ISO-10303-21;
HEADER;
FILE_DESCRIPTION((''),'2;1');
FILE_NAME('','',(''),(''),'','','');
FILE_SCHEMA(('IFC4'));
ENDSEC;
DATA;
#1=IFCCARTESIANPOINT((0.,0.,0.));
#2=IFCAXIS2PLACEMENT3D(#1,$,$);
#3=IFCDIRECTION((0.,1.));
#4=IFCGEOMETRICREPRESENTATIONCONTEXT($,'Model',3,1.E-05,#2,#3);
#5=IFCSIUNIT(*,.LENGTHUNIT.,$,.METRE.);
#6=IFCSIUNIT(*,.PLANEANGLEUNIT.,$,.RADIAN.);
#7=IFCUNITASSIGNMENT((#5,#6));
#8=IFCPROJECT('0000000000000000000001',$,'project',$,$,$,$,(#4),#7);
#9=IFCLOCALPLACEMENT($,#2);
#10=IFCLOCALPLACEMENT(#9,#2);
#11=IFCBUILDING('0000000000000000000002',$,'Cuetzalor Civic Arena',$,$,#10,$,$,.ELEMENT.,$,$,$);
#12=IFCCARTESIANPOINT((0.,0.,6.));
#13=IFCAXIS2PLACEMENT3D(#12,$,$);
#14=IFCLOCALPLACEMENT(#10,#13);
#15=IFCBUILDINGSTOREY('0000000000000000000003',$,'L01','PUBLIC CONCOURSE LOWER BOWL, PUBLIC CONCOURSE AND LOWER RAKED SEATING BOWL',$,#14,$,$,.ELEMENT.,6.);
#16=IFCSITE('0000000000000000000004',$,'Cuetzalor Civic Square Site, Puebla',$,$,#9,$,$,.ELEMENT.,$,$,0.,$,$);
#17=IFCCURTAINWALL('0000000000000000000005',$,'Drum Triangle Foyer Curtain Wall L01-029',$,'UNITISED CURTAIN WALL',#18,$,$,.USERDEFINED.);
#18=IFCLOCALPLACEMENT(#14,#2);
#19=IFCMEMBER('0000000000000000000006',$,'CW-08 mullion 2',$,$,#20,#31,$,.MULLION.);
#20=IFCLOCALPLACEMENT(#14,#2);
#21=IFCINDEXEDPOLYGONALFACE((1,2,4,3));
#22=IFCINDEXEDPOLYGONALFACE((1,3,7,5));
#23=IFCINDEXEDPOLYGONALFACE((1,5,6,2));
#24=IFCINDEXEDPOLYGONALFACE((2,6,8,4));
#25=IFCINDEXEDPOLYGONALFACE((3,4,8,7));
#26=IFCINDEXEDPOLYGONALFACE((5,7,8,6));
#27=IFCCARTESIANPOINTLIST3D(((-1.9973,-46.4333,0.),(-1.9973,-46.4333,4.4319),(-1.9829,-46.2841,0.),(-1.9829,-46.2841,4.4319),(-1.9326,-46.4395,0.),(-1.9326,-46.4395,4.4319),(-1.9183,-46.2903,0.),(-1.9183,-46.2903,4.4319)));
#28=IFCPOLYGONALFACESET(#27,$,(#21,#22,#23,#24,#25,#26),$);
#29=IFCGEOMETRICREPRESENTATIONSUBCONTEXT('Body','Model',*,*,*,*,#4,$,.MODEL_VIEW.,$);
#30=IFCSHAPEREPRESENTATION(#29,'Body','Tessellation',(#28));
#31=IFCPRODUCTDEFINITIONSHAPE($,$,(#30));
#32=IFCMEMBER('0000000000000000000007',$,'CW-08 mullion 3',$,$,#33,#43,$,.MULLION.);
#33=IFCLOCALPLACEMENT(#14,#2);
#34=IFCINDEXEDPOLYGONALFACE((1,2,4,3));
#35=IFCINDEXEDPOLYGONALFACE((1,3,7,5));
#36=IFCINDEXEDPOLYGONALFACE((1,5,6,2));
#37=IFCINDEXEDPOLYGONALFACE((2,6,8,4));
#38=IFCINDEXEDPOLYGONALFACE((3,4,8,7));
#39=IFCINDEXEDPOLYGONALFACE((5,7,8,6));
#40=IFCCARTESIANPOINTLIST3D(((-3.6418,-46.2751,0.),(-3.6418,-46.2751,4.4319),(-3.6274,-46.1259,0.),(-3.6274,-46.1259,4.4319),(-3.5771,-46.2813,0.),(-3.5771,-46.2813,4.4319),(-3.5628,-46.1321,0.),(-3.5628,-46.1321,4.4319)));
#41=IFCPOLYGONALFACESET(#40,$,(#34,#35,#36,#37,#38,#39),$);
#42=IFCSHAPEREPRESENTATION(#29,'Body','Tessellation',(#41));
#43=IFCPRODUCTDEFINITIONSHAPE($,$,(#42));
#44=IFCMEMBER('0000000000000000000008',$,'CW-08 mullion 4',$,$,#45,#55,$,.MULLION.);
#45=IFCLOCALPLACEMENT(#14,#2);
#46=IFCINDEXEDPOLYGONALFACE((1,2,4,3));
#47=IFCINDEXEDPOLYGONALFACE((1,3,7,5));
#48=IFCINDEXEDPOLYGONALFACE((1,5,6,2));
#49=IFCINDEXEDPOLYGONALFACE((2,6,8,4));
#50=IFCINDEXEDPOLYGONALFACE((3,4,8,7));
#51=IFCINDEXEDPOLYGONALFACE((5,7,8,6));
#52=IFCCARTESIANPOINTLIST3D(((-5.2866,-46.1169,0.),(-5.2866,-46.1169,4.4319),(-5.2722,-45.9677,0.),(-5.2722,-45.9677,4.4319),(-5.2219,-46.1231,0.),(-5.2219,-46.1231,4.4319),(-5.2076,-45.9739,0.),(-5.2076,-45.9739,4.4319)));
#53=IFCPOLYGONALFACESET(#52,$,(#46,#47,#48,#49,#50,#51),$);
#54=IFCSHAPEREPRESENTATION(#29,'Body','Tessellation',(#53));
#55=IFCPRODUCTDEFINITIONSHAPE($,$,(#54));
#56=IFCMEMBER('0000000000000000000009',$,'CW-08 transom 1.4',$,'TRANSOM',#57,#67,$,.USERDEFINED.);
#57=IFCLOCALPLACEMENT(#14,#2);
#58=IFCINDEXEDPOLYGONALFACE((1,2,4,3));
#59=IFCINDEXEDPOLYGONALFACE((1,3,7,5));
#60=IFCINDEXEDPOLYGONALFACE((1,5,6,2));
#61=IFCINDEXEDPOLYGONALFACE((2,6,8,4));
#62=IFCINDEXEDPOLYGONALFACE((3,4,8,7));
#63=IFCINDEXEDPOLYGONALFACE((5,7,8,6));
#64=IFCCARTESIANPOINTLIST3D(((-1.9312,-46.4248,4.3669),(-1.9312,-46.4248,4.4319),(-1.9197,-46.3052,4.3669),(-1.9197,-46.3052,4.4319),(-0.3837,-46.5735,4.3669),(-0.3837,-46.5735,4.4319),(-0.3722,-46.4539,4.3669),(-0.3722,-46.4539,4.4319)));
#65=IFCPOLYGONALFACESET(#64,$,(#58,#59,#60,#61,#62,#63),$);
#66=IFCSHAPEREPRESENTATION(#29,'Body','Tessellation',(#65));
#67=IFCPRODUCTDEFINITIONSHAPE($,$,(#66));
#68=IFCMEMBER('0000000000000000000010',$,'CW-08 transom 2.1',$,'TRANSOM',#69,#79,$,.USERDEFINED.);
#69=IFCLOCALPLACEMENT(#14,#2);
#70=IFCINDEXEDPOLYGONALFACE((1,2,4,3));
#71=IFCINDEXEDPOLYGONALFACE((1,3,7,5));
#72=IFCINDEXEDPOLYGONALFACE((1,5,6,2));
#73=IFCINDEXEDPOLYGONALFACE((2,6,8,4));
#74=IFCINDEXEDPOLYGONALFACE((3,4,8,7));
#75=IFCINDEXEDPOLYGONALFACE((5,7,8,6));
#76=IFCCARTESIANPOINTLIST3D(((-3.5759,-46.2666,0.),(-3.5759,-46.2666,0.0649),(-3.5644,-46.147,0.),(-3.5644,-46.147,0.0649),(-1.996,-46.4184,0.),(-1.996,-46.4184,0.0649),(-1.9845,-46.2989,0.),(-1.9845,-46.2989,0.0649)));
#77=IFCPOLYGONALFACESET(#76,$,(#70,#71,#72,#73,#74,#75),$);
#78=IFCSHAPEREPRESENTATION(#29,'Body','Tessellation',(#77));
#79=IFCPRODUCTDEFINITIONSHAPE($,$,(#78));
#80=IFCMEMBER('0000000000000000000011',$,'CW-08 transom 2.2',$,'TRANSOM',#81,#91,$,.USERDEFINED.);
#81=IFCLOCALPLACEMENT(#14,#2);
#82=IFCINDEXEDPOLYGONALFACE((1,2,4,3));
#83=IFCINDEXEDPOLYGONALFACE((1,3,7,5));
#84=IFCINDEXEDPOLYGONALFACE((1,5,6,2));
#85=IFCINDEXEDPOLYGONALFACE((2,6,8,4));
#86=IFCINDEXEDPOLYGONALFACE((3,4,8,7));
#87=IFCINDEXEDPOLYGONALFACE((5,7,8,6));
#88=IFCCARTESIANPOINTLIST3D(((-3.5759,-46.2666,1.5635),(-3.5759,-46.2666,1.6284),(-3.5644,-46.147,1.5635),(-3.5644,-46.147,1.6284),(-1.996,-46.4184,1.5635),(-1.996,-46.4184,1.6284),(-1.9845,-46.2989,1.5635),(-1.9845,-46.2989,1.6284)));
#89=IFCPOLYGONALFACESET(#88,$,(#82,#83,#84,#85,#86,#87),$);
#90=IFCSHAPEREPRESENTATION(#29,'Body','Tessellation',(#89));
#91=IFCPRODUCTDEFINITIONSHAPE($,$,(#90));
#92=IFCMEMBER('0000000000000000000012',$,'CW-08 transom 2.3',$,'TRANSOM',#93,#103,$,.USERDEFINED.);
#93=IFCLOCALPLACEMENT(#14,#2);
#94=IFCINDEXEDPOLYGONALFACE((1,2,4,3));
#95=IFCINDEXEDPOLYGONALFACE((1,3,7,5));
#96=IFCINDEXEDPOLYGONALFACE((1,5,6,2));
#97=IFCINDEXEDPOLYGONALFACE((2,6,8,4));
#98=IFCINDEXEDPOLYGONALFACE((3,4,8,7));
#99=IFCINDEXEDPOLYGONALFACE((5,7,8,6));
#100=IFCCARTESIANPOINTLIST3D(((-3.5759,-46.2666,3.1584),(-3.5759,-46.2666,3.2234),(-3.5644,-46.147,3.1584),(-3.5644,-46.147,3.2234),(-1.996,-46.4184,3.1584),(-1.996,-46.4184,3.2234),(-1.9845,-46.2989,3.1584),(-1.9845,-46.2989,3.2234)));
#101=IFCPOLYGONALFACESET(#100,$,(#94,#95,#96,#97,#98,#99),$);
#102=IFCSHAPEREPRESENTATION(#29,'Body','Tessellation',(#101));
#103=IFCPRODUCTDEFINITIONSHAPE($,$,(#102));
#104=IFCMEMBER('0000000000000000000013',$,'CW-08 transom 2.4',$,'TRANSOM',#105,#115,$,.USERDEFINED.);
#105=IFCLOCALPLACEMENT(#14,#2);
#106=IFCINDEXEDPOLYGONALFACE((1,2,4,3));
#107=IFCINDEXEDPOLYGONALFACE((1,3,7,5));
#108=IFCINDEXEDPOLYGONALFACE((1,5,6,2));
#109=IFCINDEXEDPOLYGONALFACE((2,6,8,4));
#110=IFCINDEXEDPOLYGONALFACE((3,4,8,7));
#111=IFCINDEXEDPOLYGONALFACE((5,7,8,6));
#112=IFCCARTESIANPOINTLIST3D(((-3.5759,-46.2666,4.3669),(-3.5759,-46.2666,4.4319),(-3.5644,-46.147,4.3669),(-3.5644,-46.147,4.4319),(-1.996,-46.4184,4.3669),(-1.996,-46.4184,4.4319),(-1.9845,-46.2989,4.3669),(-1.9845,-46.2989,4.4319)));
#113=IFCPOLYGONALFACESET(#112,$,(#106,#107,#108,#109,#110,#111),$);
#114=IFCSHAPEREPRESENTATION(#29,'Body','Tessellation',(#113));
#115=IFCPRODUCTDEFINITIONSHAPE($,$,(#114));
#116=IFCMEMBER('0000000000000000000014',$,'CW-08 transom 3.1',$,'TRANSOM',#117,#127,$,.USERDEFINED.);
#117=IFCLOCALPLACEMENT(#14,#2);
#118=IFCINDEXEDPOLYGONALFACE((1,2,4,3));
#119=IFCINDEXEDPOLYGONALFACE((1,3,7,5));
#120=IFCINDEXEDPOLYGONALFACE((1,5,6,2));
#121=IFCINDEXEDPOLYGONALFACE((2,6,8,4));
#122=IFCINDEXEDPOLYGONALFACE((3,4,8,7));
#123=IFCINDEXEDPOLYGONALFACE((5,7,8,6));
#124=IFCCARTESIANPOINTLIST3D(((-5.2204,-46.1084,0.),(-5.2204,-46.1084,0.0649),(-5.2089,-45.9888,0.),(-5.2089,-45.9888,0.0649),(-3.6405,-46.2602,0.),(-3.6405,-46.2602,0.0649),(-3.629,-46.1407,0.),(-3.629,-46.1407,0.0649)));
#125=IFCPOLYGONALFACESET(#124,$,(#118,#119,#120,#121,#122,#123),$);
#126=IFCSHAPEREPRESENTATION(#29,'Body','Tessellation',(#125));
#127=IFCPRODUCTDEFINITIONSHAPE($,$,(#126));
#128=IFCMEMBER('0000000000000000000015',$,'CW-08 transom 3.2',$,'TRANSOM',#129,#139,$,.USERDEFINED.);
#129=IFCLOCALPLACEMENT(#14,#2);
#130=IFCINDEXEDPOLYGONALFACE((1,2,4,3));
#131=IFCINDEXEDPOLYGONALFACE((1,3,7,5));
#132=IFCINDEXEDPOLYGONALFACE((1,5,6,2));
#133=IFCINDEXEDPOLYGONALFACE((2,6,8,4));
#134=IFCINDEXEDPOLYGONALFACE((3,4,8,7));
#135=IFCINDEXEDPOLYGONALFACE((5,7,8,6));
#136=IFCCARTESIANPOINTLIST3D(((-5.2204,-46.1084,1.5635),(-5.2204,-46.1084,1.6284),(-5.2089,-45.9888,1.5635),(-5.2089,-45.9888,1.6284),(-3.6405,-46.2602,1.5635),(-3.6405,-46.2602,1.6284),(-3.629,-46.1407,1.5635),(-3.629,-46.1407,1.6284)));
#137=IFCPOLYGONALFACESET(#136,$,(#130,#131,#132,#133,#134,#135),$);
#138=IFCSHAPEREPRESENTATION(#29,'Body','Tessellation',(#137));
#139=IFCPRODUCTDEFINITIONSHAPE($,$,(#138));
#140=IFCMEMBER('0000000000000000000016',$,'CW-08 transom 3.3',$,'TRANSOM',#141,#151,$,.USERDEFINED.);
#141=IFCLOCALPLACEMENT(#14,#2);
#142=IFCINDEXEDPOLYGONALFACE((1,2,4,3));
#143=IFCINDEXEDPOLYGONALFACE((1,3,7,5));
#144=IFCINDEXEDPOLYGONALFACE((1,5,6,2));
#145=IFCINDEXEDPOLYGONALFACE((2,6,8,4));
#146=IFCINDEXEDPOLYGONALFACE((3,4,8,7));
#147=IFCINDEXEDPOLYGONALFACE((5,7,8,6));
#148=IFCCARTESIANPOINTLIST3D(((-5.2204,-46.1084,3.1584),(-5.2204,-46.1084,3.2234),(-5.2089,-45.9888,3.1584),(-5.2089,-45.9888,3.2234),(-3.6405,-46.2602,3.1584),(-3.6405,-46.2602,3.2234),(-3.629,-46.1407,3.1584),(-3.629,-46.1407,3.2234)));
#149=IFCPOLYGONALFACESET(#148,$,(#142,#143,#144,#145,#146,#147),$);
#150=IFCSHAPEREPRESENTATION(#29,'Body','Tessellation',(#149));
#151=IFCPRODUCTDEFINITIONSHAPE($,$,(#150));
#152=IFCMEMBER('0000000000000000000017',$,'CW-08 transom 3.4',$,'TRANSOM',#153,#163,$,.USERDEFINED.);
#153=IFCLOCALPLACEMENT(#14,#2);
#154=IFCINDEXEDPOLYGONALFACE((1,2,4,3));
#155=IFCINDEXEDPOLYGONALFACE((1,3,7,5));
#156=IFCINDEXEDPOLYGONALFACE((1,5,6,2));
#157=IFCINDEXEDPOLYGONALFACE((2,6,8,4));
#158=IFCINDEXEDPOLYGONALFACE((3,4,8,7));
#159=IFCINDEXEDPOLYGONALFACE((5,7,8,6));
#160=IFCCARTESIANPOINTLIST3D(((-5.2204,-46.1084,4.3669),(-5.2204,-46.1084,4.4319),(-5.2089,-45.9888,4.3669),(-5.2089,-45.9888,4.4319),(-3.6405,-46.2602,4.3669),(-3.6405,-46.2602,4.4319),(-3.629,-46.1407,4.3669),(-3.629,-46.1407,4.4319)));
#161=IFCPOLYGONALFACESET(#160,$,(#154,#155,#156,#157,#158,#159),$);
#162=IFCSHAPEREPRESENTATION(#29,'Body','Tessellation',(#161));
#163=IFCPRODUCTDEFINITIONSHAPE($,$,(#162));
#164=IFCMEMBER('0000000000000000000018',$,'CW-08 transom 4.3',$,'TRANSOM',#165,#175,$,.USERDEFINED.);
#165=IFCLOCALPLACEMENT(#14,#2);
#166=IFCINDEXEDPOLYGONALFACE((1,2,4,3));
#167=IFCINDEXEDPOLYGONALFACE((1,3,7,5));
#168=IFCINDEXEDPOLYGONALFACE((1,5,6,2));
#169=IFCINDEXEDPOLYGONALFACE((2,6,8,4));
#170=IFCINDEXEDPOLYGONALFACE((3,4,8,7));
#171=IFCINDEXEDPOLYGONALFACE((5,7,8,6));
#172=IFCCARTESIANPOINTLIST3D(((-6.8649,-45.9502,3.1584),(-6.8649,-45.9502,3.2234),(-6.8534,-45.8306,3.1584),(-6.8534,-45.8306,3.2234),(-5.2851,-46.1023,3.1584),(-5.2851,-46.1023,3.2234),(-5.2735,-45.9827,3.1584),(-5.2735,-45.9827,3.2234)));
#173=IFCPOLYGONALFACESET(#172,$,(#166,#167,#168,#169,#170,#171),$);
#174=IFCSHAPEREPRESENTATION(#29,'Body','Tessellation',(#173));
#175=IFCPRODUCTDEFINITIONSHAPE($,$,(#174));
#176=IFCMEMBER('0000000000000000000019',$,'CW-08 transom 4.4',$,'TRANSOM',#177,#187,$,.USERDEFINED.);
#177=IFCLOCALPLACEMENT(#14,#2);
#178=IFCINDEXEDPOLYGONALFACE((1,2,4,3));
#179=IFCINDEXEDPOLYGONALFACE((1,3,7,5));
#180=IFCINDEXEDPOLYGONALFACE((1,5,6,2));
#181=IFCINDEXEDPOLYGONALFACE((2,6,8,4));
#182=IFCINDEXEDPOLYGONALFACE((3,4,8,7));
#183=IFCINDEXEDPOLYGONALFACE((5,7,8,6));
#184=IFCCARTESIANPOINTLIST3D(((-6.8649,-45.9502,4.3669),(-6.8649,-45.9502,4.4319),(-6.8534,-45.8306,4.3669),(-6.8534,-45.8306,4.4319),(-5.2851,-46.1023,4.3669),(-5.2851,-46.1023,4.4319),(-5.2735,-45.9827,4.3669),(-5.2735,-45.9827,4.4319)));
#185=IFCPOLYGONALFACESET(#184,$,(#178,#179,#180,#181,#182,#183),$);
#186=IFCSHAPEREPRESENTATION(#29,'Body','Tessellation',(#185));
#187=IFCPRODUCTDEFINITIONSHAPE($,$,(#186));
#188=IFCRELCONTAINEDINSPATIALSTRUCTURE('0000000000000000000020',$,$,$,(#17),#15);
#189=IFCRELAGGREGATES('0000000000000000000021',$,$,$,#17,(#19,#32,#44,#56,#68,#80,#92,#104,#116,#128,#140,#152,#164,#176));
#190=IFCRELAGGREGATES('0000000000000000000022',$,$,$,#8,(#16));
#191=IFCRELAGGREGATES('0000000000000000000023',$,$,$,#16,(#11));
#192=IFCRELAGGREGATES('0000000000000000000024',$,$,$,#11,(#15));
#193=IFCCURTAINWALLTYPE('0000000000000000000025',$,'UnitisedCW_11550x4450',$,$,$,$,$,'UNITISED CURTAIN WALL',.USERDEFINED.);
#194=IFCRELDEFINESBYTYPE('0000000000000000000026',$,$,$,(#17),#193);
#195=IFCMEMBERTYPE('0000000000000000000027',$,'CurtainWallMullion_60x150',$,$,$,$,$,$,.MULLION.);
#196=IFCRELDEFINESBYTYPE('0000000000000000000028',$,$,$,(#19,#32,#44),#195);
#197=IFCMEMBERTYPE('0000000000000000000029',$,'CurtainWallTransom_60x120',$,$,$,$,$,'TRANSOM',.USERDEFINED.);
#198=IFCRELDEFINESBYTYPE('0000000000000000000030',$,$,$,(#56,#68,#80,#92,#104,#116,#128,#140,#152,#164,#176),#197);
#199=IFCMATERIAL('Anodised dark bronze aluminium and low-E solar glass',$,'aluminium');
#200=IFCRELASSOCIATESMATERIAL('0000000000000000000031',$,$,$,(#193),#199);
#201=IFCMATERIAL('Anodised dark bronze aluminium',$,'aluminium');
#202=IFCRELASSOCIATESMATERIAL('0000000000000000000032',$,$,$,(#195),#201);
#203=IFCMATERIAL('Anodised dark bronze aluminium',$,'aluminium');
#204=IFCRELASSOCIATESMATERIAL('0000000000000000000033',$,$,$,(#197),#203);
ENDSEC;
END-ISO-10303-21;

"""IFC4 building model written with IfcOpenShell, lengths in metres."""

from ifc_helpers import new_model, si_unit, direction, frame, origin, origin_2d, place, context, subcontext, project, spatial, rectangle, extrude, material, material_profile, profile_set, type_object, element, aggregate, save


model = new_model("IFC4")

# Units and contexts
model_context = context("Model", 3, precision=1e-05, world=origin(), true_north=direction((0.0, 1.0)))
body_context = subcontext(model_context, "Body", "Model", "MODEL_VIEW")
ifc_project = project(units=[si_unit("LENGTHUNIT", "METRE"), si_unit("PLANEANGLEUNIT", "RADIAN")], contexts=[model_context])

# Site, building, storey
site_placement = place(None, origin())
site = spatial("IfcSite", under=ifc_project, at=site_placement, Name="Cuetzalor Civic Square Site, Puebla", CompositionType="ELEMENT", RefElevation=0.0)
building_placement = place(site_placement, origin())
building = spatial("IfcBuilding", under=site, at=building_placement, Name="Cuetzalor Civic Arena", CompositionType="ELEMENT")
storey_placement = place(building_placement, frame((0.0, 0.0, 6.0)))
storey = spatial("IfcBuildingStorey", under=building, at=storey_placement, Name="L01", Description="PUBLIC CONCOURSE LOWER BOWL, PUBLIC CONCOURSE AND LOWER RAKED SEATING BOWL", CompositionType="ELEMENT", Elevation=6.0)

# Curtain wall, members
ifc_material_1 = material(Name="Anodised dark bronze aluminium and low-E solar glass", Category="aluminium")
curtain_wall_type = type_object("IfcCurtainWallType", Name="UnitisedCW_11550x4450", ElementType="UNITISED CURTAIN WALL", PredefinedType="USERDEFINED", material=ifc_material_1)
curtain_wall_placement = place(storey_placement, origin())
curtain_wall = element("IfcCurtainWall", 1, at=curtain_wall_placement, inside=storey, type_object=curtain_wall_type, Name="Drum Triangle Foyer Curtain Wall L01-029", ObjectType="UNITISED CURTAIN WALL", PredefinedType="USERDEFINED")
ifc_material_2 = material(Name="Anodised dark bronze aluminium", Category="aluminium")
ifc_material_profile_1 = material_profile(ifc_material_2, rectangle(XDim=0.0649, YDim=0.1499, at=origin_2d()), Name="ALU MULLION 65x150")
ifc_profile_set_1 = profile_set([ifc_material_profile_1], Name="Anodised dark bronze aluminium")
member_type_1 = type_object("IfcMemberType", Name="CurtainWallMullion_60x150", PredefinedType="MULLION", material=ifc_profile_set_1)
member_1_placement = place(storey_placement, frame((-1.9578, -46.3618, 0.0), z_axis=(0.0, 0.0, 1.0), x_axis=(-0.995409, 0.095711, 0.0)))
member_1 = element("IfcMember", 2, at=member_1_placement, type_object=member_type_1, Name="CW-08 mullion 2", PredefinedType="MULLION", context=body_context, shape_type="SweptSolid", body=[
    extrude(rectangle(XDim=0.0649, YDim=0.1499, at=origin_2d()), origin(), (0.0, 0.0, 1.0), 4.4319),
])
member_2_placement = place(storey_placement, frame((-3.6023, -46.2036, 0.0), z_axis=(0.0, 0.0, 1.0), x_axis=(-0.995409, 0.095711, 0.0)))
member_2 = element("IfcMember", 3, at=member_2_placement, type_object=member_type_1, Name="CW-08 mullion 3", PredefinedType="MULLION", context=body_context, shape_type="SweptSolid", body=[
    extrude(rectangle(XDim=0.0649, YDim=0.1499, at=origin_2d()), origin(), (0.0, 0.0, 1.0), 4.4319),
])
member_3_placement = place(storey_placement, frame((-5.2471, -46.0454, 0.0), z_axis=(0.0, 0.0, 1.0), x_axis=(-0.995409, 0.095711, 0.0)))
member_3 = element("IfcMember", 4, at=member_3_placement, type_object=member_type_1, Name="CW-08 mullion 4", PredefinedType="MULLION", context=body_context, shape_type="SweptSolid", body=[
    extrude(rectangle(XDim=0.0649, YDim=0.1499, at=origin_2d()), origin(), (0.0, 0.0, 1.0), 4.4319),
])
ifc_material_3 = material(Name="Anodised dark bronze aluminium", Category="aluminium")
ifc_material_profile_2 = material_profile(ifc_material_3, rectangle(XDim=0.1201, YDim=0.0649, at=origin_2d()), Name="ALU TRANSOM 65x120")
ifc_profile_set_2 = profile_set([ifc_material_profile_2], Name="Anodised dark bronze aluminium")
member_type_2 = type_object("IfcMemberType", Name="CurtainWallTransom_60x120", ElementType="TRANSOM", PredefinedType="USERDEFINED", material=ifc_profile_set_2)
member_4_placement = place(storey_placement, frame((-0.3779, -46.5137, 4.3994), z_axis=(-0.995417, 0.095632, 0.0), x_axis=(-0.095632, -0.995417, 0.0)))
member_4 = element("IfcMember", 5, at=member_4_placement, type_object=member_type_2, Name="CW-08 transom 1.4", ObjectType="TRANSOM", PredefinedType="USERDEFINED", context=body_context, shape_type="SweptSolid", body=[
    extrude(rectangle(XDim=0.1201, YDim=0.0649, at=origin_2d()), origin(), (0.0, 0.0, 1.0), 1.5547),
])
member_5_placement = place(storey_placement, frame((-1.9902, -46.3586, 0.0325), z_axis=(-0.995412, 0.09568, 0.0), x_axis=(-0.09568, -0.995412, 0.0)))
member_5 = element("IfcMember", 6, at=member_5_placement, type_object=member_type_2, Name="CW-08 transom 2.1", ObjectType="TRANSOM", PredefinedType="USERDEFINED", context=body_context, shape_type="SweptSolid", body=[
    extrude(rectangle(XDim=0.1201, YDim=0.0649, at=origin_2d()), origin(), (0.0, 0.0, 1.0), 1.5872),
])
member_6_placement = place(storey_placement, frame((-1.9902, -46.3586, 1.5959), z_axis=(-0.995412, 0.09568, 0.0), x_axis=(-0.09568, -0.995412, 0.0)))
member_6 = element("IfcMember", 7, at=member_6_placement, type_object=member_type_2, Name="CW-08 transom 2.2", ObjectType="TRANSOM", PredefinedType="USERDEFINED", context=body_context, shape_type="SweptSolid", body=[
    extrude(rectangle(XDim=0.1201, YDim=0.0649, at=origin_2d()), origin(), (0.0, 0.0, 1.0), 1.5872),
])
member_7_placement = place(storey_placement, frame((-1.9902, -46.3586, 3.1909), z_axis=(-0.995412, 0.09568, 0.0), x_axis=(-0.09568, -0.995412, 0.0)))
member_7 = element("IfcMember", 8, at=member_7_placement, type_object=member_type_2, Name="CW-08 transom 2.3", ObjectType="TRANSOM", PredefinedType="USERDEFINED", context=body_context, shape_type="SweptSolid", body=[
    extrude(rectangle(XDim=0.1201, YDim=0.0649, at=origin_2d()), origin(), (0.0, 0.0, 1.0), 1.5872),
])
member_8_placement = place(storey_placement, frame((-1.9902, -46.3586, 4.3994), z_axis=(-0.995412, 0.09568, 0.0), x_axis=(-0.09568, -0.995412, 0.0)))
member_8 = element("IfcMember", 9, at=member_8_placement, type_object=member_type_2, Name="CW-08 transom 2.4", ObjectType="TRANSOM", PredefinedType="USERDEFINED", context=body_context, shape_type="SweptSolid", body=[
    extrude(rectangle(XDim=0.1201, YDim=0.0649, at=origin_2d()), origin(), (0.0, 0.0, 1.0), 1.5872),
])
member_9_placement = place(storey_placement, frame((-3.6348, -46.2004, 0.0325), z_axis=(-0.995412, 0.09568, 0.0), x_axis=(-0.09568, -0.995412, 0.0)))
member_9 = element("IfcMember", 10, at=member_9_placement, type_object=member_type_2, Name="CW-08 transom 3.1", ObjectType="TRANSOM", PredefinedType="USERDEFINED", context=body_context, shape_type="SweptSolid", body=[
    extrude(rectangle(XDim=0.1201, YDim=0.0649, at=origin_2d()), origin(), (0.0, 0.0, 1.0), 1.5872),
])
member_10_placement = place(storey_placement, frame((-3.6348, -46.2004, 1.5959), z_axis=(-0.995412, 0.09568, 0.0), x_axis=(-0.09568, -0.995412, 0.0)))
member_10 = element("IfcMember", 11, at=member_10_placement, type_object=member_type_2, Name="CW-08 transom 3.2", ObjectType="TRANSOM", PredefinedType="USERDEFINED", context=body_context, shape_type="SweptSolid", body=[
    extrude(rectangle(XDim=0.1201, YDim=0.0649, at=origin_2d()), origin(), (0.0, 0.0, 1.0), 1.5872),
])
member_11_placement = place(storey_placement, frame((-3.6348, -46.2004, 3.1909), z_axis=(-0.995412, 0.09568, 0.0), x_axis=(-0.09568, -0.995412, 0.0)))
member_11 = element("IfcMember", 12, at=member_11_placement, type_object=member_type_2, Name="CW-08 transom 3.3", ObjectType="TRANSOM", PredefinedType="USERDEFINED", context=body_context, shape_type="SweptSolid", body=[
    extrude(rectangle(XDim=0.1201, YDim=0.0649, at=origin_2d()), origin(), (0.0, 0.0, 1.0), 1.5872),
])
member_12_placement = place(storey_placement, frame((-3.6348, -46.2004, 4.3994), z_axis=(-0.995412, 0.09568, 0.0), x_axis=(-0.09568, -0.995412, 0.0)))
member_12 = element("IfcMember", 13, at=member_12_placement, type_object=member_type_2, Name="CW-08 transom 3.4", ObjectType="TRANSOM", PredefinedType="USERDEFINED", context=body_context, shape_type="SweptSolid", body=[
    extrude(rectangle(XDim=0.1201, YDim=0.0649, at=origin_2d()), origin(), (0.0, 0.0, 1.0), 1.5872),
])
member_13_placement = place(storey_placement, frame((-5.2793, -46.0425, 3.1909), z_axis=(-0.995397, 0.095833, 0.0), x_axis=(-0.095833, -0.995397, 0.0)))
member_13 = element("IfcMember", 14, at=member_13_placement, type_object=member_type_2, Name="CW-08 transom 4.3", ObjectType="TRANSOM", PredefinedType="USERDEFINED", context=body_context, shape_type="SweptSolid", body=[
    extrude(rectangle(XDim=0.1201, YDim=0.0649, at=origin_2d()), origin(), (0.0, 0.0, 1.0), 1.5872),
])
member_14_placement = place(storey_placement, frame((-5.2793, -46.0425, 4.3994), z_axis=(-0.995397, 0.095833, 0.0), x_axis=(-0.095833, -0.995397, 0.0)))
member_14 = element("IfcMember", 15, at=member_14_placement, type_object=member_type_2, Name="CW-08 transom 4.4", ObjectType="TRANSOM", PredefinedType="USERDEFINED", context=body_context, shape_type="SweptSolid", body=[
    extrude(rectangle(XDim=0.1201, YDim=0.0649, at=origin_2d()), origin(), (0.0, 0.0, 1.0), 1.5872),
])
aggregate(curtain_wall, [member_1, member_2, member_3, member_4, member_5, member_6, member_7, member_8, member_9, member_10, member_11, member_12, member_13, member_14])

save(model, "model.ifc")
